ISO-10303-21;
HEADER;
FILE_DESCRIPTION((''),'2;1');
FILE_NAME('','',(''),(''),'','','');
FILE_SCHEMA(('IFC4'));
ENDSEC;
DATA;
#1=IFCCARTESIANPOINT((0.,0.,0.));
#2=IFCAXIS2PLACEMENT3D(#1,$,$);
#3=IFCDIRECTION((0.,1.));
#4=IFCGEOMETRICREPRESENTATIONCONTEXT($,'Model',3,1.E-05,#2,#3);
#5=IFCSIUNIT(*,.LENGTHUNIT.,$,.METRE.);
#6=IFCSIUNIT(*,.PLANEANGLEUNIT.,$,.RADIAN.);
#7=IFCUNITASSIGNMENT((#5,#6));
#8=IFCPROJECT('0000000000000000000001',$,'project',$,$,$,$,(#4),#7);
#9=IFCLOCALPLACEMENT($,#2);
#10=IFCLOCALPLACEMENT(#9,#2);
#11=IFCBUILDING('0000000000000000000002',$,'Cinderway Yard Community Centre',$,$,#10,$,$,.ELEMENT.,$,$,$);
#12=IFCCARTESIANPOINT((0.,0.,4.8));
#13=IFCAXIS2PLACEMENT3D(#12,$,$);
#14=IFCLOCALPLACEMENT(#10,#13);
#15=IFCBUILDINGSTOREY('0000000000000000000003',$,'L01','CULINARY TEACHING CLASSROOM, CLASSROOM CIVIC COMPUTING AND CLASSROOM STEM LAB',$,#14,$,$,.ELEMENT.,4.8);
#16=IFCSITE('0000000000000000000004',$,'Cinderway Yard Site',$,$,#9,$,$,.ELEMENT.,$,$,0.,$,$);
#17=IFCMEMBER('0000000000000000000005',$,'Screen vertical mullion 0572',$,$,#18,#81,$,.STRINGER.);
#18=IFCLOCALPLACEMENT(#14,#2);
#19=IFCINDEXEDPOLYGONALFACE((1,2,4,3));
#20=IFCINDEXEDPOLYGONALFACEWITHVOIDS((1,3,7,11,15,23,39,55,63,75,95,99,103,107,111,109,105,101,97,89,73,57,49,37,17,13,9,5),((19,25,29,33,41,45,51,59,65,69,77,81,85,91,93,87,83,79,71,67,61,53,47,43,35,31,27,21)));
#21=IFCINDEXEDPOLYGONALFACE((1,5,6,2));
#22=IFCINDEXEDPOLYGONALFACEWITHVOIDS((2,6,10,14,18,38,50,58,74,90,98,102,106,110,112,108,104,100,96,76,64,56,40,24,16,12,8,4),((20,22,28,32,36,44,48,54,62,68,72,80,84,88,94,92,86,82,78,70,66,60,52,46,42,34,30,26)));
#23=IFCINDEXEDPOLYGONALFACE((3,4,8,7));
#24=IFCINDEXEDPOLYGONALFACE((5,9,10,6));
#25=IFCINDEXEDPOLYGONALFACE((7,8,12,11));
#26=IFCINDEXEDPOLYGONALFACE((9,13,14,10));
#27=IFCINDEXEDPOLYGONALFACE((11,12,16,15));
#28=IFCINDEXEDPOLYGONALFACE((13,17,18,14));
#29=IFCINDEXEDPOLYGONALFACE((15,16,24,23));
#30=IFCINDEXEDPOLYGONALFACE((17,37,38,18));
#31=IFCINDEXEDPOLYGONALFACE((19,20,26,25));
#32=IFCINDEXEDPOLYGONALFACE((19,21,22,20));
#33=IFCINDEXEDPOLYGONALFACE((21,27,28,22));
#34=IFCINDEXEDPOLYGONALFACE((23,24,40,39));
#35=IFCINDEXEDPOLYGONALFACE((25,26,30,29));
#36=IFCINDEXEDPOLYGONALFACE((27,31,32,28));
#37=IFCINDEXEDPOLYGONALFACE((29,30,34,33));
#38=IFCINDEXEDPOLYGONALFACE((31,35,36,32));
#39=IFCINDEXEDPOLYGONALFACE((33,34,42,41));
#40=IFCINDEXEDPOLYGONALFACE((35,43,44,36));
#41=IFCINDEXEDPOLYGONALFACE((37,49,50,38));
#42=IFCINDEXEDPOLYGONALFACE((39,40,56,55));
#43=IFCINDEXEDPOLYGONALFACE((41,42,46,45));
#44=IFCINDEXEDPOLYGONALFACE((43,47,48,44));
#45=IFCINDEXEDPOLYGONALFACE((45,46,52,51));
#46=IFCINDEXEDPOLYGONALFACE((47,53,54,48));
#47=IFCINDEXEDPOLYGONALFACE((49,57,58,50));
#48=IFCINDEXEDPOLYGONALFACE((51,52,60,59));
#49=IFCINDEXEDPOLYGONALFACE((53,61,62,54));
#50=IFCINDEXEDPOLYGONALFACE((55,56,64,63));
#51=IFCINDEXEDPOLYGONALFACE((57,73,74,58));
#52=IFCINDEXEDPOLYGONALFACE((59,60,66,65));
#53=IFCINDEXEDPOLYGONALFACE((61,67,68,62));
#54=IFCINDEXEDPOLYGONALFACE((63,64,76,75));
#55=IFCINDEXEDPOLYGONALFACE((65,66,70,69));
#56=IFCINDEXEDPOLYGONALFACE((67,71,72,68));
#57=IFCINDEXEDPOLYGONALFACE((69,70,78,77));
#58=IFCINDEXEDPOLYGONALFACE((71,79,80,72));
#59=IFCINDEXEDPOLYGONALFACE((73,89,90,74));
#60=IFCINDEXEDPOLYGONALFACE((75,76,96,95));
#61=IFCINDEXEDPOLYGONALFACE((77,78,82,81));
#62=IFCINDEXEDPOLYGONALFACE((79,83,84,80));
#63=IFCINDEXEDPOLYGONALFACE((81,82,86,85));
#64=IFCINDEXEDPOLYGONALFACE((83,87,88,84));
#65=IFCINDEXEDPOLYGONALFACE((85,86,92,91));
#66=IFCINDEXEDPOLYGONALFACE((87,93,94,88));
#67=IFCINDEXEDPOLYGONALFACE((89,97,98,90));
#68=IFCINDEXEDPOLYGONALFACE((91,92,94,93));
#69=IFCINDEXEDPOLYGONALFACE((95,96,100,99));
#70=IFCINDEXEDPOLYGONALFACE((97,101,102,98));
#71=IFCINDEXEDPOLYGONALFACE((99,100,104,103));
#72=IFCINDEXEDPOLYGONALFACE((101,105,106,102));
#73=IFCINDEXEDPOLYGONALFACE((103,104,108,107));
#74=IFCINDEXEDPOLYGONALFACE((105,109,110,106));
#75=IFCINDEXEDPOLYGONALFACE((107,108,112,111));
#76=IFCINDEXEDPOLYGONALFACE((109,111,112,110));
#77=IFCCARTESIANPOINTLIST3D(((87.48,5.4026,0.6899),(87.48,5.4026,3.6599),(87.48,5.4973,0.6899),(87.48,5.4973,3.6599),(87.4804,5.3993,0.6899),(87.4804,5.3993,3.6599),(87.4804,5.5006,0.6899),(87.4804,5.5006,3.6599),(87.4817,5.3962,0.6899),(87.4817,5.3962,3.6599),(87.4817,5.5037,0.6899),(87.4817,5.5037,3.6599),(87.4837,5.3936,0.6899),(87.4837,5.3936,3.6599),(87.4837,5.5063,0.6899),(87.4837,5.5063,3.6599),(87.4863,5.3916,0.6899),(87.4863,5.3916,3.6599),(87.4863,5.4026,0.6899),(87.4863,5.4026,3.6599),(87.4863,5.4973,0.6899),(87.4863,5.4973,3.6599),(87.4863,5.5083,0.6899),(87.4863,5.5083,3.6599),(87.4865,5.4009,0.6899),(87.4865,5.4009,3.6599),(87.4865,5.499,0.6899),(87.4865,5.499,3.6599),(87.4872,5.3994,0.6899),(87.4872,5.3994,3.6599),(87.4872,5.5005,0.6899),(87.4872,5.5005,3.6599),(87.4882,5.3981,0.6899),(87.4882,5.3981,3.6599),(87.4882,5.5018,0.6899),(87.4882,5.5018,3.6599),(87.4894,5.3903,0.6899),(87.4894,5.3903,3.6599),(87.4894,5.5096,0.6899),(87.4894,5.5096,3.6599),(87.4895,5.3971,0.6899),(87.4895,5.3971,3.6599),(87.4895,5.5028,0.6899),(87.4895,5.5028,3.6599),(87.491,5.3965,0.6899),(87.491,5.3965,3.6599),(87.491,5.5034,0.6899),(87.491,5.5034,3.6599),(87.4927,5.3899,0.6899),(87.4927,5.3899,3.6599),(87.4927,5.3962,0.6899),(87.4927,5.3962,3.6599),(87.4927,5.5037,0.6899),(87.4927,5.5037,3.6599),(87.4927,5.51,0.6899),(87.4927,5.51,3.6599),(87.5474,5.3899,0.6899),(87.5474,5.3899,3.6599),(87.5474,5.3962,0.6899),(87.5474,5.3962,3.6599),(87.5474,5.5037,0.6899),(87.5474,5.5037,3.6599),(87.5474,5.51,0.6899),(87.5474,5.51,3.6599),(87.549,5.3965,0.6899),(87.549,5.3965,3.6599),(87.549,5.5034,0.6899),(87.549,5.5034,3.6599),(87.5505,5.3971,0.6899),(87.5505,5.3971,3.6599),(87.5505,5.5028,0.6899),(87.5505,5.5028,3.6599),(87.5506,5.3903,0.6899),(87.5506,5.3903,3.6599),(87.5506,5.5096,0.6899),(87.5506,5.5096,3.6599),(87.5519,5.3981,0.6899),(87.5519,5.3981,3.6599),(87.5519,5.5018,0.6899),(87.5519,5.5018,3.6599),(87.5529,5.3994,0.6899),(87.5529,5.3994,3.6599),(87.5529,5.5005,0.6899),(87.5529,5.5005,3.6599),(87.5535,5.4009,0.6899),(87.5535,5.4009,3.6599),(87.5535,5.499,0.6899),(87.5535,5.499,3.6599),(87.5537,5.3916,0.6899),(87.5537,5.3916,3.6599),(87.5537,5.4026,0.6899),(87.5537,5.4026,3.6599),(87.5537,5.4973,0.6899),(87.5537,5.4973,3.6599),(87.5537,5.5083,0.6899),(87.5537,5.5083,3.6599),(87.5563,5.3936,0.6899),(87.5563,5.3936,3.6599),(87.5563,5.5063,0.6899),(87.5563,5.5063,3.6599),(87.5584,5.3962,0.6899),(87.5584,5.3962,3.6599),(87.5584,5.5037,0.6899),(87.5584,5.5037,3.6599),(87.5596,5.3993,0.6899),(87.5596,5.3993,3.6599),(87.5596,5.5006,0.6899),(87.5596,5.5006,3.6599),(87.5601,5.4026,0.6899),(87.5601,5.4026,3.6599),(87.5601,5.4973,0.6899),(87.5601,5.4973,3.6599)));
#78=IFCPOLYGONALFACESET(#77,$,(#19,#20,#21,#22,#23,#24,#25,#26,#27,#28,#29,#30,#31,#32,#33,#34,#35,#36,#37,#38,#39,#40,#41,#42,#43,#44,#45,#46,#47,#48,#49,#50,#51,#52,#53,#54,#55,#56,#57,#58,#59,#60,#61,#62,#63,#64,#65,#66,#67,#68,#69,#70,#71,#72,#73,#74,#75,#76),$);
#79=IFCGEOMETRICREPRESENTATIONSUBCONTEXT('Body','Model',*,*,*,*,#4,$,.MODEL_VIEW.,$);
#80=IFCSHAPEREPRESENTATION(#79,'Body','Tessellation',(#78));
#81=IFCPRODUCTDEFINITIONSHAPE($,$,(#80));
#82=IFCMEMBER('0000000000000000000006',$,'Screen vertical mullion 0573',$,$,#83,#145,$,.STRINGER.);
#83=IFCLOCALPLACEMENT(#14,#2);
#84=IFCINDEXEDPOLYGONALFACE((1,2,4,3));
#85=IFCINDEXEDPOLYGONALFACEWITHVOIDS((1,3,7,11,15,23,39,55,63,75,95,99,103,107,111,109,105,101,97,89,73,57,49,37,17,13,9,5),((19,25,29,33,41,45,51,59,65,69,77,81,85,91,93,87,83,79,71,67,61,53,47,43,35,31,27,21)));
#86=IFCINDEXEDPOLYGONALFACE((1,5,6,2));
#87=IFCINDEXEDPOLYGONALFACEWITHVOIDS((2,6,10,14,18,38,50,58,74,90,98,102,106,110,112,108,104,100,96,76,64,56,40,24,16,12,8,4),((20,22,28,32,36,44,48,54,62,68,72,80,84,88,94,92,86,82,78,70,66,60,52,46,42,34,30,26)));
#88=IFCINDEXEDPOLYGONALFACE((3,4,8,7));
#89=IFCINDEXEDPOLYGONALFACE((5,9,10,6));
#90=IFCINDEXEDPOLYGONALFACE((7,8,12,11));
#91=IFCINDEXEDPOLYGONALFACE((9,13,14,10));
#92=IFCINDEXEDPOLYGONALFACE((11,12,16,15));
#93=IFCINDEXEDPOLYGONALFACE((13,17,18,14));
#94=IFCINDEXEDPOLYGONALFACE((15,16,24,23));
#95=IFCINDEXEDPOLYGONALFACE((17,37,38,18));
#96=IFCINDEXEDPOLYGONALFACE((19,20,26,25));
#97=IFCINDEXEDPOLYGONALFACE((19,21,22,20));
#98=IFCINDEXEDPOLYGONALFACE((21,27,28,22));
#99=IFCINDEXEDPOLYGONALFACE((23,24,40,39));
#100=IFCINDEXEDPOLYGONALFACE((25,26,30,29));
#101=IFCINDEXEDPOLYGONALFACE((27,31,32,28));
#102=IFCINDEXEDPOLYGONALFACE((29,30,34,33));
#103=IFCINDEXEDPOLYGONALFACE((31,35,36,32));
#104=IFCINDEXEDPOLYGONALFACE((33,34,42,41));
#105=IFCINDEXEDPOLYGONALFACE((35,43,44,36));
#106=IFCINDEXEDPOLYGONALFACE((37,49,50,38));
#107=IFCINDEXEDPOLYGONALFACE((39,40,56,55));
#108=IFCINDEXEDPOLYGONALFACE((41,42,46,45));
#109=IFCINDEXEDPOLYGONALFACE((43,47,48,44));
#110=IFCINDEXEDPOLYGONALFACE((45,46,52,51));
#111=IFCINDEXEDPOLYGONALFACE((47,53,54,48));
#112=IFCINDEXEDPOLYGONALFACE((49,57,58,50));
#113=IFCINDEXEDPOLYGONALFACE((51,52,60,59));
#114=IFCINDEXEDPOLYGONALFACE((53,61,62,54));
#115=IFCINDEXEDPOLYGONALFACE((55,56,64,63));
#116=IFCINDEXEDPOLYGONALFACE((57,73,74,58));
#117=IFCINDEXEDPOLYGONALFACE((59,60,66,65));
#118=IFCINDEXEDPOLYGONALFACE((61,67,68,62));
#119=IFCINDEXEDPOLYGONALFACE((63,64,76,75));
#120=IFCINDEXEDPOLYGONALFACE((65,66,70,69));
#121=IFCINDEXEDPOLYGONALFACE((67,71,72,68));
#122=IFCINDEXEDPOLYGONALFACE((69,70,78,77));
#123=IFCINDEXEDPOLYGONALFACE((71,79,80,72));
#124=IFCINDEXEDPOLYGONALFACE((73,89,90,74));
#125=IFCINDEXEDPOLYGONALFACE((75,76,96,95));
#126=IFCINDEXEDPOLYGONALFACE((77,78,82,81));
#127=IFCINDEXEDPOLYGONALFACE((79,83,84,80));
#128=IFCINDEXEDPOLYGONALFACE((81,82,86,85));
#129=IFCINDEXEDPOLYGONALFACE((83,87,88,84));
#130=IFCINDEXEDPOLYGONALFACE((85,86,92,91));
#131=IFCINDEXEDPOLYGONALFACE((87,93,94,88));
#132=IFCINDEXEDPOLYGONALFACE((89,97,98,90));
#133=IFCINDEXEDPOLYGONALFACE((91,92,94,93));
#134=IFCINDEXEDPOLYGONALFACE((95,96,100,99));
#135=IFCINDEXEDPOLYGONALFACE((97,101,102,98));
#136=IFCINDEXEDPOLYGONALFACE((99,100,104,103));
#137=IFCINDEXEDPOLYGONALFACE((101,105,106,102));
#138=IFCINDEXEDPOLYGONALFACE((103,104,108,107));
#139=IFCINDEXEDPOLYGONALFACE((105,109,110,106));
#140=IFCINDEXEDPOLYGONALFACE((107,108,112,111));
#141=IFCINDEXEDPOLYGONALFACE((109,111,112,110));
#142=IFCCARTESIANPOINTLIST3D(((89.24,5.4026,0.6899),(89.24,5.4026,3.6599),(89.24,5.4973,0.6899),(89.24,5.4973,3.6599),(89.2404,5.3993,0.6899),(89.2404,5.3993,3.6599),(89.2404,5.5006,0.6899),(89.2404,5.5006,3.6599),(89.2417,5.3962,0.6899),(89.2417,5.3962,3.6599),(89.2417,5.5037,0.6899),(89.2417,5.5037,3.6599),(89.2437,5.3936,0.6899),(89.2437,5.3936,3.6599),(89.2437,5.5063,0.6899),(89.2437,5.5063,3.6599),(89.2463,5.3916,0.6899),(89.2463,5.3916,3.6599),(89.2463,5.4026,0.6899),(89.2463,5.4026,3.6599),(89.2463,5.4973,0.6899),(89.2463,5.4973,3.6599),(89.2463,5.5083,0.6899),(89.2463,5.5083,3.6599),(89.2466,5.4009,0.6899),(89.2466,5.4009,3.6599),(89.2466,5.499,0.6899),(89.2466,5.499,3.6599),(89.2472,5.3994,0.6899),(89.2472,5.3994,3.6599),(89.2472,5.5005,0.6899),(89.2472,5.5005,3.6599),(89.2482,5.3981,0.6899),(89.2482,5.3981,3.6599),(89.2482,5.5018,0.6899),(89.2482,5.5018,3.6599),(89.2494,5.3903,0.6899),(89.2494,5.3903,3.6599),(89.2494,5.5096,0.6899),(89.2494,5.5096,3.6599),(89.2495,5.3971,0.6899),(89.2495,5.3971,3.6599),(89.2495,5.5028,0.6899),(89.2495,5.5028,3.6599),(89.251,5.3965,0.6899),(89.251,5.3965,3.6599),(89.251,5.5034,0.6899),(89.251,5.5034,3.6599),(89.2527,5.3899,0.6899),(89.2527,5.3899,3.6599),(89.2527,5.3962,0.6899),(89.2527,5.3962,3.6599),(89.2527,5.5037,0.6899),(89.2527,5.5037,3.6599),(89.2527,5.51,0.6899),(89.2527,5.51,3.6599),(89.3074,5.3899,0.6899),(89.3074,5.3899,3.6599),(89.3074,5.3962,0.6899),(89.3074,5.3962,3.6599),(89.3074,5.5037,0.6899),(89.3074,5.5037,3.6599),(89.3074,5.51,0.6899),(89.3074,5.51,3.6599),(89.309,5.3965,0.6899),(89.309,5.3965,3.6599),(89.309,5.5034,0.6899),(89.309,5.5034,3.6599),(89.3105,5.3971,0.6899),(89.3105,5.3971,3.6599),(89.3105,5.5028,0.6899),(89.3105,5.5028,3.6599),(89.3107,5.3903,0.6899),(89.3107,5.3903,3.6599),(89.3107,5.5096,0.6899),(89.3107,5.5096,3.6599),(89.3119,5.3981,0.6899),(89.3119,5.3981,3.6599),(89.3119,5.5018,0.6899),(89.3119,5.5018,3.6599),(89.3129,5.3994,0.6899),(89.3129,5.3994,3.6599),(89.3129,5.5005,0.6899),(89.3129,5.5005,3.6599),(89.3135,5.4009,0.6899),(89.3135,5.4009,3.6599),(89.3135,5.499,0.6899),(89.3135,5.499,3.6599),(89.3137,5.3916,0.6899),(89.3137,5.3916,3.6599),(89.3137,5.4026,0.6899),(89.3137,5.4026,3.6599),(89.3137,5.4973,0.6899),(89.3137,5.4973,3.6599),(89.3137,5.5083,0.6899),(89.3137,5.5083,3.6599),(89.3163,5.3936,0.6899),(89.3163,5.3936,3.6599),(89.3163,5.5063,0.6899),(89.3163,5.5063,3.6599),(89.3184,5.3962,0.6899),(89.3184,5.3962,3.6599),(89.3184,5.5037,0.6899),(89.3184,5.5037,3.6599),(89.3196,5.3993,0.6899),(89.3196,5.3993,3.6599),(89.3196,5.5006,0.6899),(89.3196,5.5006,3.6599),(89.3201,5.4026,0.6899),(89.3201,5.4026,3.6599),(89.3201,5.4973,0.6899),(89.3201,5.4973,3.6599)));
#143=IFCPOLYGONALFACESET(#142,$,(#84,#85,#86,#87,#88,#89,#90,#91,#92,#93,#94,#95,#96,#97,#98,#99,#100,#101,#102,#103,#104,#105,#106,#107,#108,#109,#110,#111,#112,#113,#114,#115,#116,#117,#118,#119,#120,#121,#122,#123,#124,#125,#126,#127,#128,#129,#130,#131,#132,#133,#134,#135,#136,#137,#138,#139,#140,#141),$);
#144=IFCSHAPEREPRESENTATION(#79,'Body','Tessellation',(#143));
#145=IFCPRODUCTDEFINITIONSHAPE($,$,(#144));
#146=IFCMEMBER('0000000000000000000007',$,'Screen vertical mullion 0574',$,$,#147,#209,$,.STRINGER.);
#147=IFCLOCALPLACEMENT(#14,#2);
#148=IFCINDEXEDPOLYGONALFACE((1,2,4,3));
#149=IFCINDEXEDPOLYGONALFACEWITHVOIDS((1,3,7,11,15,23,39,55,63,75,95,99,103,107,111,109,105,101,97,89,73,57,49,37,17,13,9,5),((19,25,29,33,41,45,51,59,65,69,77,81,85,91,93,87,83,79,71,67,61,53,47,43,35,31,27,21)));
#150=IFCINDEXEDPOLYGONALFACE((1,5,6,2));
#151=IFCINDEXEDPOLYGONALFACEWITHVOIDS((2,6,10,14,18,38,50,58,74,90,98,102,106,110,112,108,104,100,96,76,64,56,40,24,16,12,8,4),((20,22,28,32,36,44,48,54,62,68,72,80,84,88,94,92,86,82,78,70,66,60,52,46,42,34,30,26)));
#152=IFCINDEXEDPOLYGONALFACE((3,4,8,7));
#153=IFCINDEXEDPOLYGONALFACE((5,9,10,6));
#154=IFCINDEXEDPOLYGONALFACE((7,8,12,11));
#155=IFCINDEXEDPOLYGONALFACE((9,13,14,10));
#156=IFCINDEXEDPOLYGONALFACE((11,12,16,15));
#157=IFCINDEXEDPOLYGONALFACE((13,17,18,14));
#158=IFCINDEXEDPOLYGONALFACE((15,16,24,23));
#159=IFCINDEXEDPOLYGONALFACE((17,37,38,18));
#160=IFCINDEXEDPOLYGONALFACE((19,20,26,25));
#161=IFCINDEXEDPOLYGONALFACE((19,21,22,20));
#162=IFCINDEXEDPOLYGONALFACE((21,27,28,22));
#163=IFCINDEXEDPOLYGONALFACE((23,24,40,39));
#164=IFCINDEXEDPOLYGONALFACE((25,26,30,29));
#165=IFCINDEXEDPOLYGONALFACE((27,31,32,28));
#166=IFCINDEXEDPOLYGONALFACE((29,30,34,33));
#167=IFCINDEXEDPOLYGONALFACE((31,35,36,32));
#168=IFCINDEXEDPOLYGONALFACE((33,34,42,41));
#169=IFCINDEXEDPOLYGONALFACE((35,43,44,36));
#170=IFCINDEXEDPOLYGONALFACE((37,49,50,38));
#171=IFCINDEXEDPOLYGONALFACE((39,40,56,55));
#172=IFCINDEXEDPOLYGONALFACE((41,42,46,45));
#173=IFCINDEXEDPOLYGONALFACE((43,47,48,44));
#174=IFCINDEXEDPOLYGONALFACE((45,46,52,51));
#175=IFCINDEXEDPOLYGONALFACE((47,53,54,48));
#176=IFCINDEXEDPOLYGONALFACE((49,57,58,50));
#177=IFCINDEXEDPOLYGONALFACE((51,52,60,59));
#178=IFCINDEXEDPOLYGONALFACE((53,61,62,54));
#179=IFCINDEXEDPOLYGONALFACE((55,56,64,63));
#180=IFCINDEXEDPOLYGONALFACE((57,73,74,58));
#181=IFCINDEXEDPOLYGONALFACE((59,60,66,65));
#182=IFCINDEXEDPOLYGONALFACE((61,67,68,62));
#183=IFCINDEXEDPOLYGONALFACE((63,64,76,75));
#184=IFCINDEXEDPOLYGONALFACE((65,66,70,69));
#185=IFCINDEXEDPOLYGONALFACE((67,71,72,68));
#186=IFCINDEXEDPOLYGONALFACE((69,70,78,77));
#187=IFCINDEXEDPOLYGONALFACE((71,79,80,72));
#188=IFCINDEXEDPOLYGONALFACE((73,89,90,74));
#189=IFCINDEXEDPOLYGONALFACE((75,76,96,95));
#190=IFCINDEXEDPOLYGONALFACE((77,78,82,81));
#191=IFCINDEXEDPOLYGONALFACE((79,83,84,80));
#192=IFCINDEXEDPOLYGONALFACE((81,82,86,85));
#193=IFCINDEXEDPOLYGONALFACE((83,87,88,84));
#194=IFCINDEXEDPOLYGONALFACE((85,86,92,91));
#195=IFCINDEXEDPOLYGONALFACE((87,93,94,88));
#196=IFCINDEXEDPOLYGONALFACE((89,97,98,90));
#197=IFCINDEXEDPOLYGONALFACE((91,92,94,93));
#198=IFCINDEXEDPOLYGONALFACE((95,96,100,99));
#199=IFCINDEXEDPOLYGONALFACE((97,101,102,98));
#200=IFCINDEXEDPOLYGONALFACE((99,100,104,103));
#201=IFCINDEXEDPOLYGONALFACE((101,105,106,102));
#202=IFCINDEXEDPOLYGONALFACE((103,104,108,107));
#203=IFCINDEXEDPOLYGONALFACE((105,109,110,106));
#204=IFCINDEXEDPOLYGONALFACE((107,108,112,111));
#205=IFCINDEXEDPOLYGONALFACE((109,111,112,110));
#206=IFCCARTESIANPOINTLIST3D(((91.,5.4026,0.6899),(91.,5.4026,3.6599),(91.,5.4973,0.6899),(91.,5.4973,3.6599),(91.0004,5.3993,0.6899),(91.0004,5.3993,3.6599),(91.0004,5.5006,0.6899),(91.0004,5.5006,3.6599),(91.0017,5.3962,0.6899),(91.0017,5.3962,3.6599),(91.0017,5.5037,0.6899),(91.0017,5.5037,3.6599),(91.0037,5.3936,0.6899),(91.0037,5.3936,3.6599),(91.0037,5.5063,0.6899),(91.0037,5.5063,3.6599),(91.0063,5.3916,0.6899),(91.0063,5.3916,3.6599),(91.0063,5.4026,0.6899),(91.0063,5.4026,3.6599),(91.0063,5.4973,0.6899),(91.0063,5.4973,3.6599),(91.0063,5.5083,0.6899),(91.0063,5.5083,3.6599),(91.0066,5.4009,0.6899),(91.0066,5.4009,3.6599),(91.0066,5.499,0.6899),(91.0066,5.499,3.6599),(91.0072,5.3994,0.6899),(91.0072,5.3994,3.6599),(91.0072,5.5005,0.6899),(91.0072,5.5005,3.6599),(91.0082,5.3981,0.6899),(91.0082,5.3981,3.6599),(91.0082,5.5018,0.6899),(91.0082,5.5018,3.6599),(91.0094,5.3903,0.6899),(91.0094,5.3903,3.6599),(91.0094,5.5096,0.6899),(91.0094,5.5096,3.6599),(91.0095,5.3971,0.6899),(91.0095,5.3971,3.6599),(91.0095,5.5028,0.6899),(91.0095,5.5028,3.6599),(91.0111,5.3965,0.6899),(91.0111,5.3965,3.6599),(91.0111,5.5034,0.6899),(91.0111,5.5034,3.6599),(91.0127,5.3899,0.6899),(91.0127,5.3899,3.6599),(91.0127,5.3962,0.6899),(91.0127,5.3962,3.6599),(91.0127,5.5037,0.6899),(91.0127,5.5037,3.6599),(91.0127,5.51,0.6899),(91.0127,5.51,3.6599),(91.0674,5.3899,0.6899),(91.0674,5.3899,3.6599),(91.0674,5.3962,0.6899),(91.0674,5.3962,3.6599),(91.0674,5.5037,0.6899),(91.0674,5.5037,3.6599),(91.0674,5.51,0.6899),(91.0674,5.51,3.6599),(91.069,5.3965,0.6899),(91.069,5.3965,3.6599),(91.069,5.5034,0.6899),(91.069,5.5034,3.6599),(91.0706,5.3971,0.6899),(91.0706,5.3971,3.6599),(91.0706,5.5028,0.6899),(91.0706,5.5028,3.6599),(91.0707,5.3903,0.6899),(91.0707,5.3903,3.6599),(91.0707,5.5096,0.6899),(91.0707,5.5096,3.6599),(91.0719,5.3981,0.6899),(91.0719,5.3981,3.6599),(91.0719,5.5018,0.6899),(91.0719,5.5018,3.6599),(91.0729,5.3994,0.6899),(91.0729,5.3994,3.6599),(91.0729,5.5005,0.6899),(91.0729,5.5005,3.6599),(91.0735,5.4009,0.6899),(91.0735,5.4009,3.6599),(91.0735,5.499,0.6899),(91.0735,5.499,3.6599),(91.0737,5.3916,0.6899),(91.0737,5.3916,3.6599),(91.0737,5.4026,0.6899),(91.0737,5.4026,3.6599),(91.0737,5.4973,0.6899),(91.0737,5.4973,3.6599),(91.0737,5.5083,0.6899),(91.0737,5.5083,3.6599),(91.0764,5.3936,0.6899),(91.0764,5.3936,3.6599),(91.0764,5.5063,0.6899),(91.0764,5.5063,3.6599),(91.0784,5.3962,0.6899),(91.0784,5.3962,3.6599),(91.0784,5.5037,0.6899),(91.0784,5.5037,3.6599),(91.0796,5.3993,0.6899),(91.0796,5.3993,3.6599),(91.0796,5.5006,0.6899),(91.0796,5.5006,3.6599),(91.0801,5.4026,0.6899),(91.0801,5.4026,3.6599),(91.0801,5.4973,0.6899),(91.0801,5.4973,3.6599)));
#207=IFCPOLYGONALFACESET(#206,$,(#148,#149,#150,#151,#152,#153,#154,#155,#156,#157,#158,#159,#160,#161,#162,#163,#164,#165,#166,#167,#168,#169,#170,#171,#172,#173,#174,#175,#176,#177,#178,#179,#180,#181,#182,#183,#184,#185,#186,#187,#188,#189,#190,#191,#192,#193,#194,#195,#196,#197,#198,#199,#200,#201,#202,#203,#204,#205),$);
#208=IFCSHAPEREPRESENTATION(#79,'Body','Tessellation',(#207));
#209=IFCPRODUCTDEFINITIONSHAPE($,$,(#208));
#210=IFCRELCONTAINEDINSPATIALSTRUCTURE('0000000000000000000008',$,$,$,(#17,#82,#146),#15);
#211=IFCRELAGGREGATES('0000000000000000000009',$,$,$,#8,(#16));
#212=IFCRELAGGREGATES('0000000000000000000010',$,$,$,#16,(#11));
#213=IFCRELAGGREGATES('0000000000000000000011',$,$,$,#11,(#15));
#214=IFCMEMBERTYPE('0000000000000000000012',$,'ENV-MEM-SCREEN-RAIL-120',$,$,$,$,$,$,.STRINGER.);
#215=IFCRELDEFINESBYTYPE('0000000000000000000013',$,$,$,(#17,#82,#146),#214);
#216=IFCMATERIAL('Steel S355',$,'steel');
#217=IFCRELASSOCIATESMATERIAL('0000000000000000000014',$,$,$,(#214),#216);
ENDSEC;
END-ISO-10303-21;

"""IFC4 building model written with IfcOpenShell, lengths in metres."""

from ifc_helpers import new_model, si_unit, direction, frame, origin, origin_2d, place, context, subcontext, project, spatial, hollow_rectangle, extrude, material, material_profile, profile_set, type_object, element, save


model = new_model("IFC4")

# Units and contexts
model_context = context("Model", 3, precision=1e-05, world=origin(), true_north=direction((0.0, 1.0)))
body_context = subcontext(model_context, "Body", "Model", "MODEL_VIEW")
ifc_project = project(units=[si_unit("LENGTHUNIT", "METRE"), si_unit("PLANEANGLEUNIT", "RADIAN")], contexts=[model_context])

# Site, building, storey
site_placement = place(None, origin())
site = spatial("IfcSite", under=ifc_project, at=site_placement, Name="Cinderway Yard Site", CompositionType="ELEMENT", RefElevation=0.0)
building_placement = place(site_placement, origin())
building = spatial("IfcBuilding", under=site, at=building_placement, Name="Cinderway Yard Community Centre", CompositionType="ELEMENT")
storey_placement = place(building_placement, frame((0.0, 0.0, 4.8)))
storey = spatial("IfcBuildingStorey", under=building, at=storey_placement, Name="L01", Description="CULINARY TEACHING CLASSROOM, CLASSROOM CIVIC COMPUTING AND CLASSROOM STEM LAB", CompositionType="ELEMENT", Elevation=4.8)

# Members
ifc_material_1 = material(Name="Steel S355", Category="steel")
ifc_material_profile = material_profile(ifc_material_1, hollow_rectangle(XDim=0.0801, YDim=0.1201, WallThickness=0.0063, InnerFilletRadius=0.0063, OuterFilletRadius=0.0127, at=origin_2d()), Name="Steel S355")
ifc_profile_set = profile_set([ifc_material_profile], Name="Steel S355")
member_type = type_object("IfcMemberType", Name="ENV-MEM-SCREEN-RAIL-120", PredefinedType="STRINGER", material=ifc_profile_set)
for number, where, z_axis, x_axis, name in (
    (1, (87.52, 5.45, 0.6899), (0.0, 0.0, 1.0), (1.0, 0.0, 0.0), "Screen vertical mullion 0572"),
    (2, (89.28, 5.45, 0.6899), (0.0, 0.0, 1.0), (1.0, 0.0, 0.0), "Screen vertical mullion 0573"),
    (3, (91.04, 5.45, 0.6899), (0.0, 0.0, 1.0), (1.0, 0.0, 0.0), "Screen vertical mullion 0574"),
):
    element("IfcMember", number, at=place(storey_placement, frame(where, z_axis=z_axis, x_axis=x_axis)), inside=storey, type_object=member_type, Name=name, PredefinedType="STRINGER", context=body_context, shape_type="SweptSolid", body=[
        extrude(hollow_rectangle(XDim=0.0801, YDim=0.1201, WallThickness=0.0063, InnerFilletRadius=0.0063, OuterFilletRadius=0.0127, at=origin_2d()), origin(), (0.0, 0.0, 1.0), 2.97),
    ])

save(model, "model.ifc")
